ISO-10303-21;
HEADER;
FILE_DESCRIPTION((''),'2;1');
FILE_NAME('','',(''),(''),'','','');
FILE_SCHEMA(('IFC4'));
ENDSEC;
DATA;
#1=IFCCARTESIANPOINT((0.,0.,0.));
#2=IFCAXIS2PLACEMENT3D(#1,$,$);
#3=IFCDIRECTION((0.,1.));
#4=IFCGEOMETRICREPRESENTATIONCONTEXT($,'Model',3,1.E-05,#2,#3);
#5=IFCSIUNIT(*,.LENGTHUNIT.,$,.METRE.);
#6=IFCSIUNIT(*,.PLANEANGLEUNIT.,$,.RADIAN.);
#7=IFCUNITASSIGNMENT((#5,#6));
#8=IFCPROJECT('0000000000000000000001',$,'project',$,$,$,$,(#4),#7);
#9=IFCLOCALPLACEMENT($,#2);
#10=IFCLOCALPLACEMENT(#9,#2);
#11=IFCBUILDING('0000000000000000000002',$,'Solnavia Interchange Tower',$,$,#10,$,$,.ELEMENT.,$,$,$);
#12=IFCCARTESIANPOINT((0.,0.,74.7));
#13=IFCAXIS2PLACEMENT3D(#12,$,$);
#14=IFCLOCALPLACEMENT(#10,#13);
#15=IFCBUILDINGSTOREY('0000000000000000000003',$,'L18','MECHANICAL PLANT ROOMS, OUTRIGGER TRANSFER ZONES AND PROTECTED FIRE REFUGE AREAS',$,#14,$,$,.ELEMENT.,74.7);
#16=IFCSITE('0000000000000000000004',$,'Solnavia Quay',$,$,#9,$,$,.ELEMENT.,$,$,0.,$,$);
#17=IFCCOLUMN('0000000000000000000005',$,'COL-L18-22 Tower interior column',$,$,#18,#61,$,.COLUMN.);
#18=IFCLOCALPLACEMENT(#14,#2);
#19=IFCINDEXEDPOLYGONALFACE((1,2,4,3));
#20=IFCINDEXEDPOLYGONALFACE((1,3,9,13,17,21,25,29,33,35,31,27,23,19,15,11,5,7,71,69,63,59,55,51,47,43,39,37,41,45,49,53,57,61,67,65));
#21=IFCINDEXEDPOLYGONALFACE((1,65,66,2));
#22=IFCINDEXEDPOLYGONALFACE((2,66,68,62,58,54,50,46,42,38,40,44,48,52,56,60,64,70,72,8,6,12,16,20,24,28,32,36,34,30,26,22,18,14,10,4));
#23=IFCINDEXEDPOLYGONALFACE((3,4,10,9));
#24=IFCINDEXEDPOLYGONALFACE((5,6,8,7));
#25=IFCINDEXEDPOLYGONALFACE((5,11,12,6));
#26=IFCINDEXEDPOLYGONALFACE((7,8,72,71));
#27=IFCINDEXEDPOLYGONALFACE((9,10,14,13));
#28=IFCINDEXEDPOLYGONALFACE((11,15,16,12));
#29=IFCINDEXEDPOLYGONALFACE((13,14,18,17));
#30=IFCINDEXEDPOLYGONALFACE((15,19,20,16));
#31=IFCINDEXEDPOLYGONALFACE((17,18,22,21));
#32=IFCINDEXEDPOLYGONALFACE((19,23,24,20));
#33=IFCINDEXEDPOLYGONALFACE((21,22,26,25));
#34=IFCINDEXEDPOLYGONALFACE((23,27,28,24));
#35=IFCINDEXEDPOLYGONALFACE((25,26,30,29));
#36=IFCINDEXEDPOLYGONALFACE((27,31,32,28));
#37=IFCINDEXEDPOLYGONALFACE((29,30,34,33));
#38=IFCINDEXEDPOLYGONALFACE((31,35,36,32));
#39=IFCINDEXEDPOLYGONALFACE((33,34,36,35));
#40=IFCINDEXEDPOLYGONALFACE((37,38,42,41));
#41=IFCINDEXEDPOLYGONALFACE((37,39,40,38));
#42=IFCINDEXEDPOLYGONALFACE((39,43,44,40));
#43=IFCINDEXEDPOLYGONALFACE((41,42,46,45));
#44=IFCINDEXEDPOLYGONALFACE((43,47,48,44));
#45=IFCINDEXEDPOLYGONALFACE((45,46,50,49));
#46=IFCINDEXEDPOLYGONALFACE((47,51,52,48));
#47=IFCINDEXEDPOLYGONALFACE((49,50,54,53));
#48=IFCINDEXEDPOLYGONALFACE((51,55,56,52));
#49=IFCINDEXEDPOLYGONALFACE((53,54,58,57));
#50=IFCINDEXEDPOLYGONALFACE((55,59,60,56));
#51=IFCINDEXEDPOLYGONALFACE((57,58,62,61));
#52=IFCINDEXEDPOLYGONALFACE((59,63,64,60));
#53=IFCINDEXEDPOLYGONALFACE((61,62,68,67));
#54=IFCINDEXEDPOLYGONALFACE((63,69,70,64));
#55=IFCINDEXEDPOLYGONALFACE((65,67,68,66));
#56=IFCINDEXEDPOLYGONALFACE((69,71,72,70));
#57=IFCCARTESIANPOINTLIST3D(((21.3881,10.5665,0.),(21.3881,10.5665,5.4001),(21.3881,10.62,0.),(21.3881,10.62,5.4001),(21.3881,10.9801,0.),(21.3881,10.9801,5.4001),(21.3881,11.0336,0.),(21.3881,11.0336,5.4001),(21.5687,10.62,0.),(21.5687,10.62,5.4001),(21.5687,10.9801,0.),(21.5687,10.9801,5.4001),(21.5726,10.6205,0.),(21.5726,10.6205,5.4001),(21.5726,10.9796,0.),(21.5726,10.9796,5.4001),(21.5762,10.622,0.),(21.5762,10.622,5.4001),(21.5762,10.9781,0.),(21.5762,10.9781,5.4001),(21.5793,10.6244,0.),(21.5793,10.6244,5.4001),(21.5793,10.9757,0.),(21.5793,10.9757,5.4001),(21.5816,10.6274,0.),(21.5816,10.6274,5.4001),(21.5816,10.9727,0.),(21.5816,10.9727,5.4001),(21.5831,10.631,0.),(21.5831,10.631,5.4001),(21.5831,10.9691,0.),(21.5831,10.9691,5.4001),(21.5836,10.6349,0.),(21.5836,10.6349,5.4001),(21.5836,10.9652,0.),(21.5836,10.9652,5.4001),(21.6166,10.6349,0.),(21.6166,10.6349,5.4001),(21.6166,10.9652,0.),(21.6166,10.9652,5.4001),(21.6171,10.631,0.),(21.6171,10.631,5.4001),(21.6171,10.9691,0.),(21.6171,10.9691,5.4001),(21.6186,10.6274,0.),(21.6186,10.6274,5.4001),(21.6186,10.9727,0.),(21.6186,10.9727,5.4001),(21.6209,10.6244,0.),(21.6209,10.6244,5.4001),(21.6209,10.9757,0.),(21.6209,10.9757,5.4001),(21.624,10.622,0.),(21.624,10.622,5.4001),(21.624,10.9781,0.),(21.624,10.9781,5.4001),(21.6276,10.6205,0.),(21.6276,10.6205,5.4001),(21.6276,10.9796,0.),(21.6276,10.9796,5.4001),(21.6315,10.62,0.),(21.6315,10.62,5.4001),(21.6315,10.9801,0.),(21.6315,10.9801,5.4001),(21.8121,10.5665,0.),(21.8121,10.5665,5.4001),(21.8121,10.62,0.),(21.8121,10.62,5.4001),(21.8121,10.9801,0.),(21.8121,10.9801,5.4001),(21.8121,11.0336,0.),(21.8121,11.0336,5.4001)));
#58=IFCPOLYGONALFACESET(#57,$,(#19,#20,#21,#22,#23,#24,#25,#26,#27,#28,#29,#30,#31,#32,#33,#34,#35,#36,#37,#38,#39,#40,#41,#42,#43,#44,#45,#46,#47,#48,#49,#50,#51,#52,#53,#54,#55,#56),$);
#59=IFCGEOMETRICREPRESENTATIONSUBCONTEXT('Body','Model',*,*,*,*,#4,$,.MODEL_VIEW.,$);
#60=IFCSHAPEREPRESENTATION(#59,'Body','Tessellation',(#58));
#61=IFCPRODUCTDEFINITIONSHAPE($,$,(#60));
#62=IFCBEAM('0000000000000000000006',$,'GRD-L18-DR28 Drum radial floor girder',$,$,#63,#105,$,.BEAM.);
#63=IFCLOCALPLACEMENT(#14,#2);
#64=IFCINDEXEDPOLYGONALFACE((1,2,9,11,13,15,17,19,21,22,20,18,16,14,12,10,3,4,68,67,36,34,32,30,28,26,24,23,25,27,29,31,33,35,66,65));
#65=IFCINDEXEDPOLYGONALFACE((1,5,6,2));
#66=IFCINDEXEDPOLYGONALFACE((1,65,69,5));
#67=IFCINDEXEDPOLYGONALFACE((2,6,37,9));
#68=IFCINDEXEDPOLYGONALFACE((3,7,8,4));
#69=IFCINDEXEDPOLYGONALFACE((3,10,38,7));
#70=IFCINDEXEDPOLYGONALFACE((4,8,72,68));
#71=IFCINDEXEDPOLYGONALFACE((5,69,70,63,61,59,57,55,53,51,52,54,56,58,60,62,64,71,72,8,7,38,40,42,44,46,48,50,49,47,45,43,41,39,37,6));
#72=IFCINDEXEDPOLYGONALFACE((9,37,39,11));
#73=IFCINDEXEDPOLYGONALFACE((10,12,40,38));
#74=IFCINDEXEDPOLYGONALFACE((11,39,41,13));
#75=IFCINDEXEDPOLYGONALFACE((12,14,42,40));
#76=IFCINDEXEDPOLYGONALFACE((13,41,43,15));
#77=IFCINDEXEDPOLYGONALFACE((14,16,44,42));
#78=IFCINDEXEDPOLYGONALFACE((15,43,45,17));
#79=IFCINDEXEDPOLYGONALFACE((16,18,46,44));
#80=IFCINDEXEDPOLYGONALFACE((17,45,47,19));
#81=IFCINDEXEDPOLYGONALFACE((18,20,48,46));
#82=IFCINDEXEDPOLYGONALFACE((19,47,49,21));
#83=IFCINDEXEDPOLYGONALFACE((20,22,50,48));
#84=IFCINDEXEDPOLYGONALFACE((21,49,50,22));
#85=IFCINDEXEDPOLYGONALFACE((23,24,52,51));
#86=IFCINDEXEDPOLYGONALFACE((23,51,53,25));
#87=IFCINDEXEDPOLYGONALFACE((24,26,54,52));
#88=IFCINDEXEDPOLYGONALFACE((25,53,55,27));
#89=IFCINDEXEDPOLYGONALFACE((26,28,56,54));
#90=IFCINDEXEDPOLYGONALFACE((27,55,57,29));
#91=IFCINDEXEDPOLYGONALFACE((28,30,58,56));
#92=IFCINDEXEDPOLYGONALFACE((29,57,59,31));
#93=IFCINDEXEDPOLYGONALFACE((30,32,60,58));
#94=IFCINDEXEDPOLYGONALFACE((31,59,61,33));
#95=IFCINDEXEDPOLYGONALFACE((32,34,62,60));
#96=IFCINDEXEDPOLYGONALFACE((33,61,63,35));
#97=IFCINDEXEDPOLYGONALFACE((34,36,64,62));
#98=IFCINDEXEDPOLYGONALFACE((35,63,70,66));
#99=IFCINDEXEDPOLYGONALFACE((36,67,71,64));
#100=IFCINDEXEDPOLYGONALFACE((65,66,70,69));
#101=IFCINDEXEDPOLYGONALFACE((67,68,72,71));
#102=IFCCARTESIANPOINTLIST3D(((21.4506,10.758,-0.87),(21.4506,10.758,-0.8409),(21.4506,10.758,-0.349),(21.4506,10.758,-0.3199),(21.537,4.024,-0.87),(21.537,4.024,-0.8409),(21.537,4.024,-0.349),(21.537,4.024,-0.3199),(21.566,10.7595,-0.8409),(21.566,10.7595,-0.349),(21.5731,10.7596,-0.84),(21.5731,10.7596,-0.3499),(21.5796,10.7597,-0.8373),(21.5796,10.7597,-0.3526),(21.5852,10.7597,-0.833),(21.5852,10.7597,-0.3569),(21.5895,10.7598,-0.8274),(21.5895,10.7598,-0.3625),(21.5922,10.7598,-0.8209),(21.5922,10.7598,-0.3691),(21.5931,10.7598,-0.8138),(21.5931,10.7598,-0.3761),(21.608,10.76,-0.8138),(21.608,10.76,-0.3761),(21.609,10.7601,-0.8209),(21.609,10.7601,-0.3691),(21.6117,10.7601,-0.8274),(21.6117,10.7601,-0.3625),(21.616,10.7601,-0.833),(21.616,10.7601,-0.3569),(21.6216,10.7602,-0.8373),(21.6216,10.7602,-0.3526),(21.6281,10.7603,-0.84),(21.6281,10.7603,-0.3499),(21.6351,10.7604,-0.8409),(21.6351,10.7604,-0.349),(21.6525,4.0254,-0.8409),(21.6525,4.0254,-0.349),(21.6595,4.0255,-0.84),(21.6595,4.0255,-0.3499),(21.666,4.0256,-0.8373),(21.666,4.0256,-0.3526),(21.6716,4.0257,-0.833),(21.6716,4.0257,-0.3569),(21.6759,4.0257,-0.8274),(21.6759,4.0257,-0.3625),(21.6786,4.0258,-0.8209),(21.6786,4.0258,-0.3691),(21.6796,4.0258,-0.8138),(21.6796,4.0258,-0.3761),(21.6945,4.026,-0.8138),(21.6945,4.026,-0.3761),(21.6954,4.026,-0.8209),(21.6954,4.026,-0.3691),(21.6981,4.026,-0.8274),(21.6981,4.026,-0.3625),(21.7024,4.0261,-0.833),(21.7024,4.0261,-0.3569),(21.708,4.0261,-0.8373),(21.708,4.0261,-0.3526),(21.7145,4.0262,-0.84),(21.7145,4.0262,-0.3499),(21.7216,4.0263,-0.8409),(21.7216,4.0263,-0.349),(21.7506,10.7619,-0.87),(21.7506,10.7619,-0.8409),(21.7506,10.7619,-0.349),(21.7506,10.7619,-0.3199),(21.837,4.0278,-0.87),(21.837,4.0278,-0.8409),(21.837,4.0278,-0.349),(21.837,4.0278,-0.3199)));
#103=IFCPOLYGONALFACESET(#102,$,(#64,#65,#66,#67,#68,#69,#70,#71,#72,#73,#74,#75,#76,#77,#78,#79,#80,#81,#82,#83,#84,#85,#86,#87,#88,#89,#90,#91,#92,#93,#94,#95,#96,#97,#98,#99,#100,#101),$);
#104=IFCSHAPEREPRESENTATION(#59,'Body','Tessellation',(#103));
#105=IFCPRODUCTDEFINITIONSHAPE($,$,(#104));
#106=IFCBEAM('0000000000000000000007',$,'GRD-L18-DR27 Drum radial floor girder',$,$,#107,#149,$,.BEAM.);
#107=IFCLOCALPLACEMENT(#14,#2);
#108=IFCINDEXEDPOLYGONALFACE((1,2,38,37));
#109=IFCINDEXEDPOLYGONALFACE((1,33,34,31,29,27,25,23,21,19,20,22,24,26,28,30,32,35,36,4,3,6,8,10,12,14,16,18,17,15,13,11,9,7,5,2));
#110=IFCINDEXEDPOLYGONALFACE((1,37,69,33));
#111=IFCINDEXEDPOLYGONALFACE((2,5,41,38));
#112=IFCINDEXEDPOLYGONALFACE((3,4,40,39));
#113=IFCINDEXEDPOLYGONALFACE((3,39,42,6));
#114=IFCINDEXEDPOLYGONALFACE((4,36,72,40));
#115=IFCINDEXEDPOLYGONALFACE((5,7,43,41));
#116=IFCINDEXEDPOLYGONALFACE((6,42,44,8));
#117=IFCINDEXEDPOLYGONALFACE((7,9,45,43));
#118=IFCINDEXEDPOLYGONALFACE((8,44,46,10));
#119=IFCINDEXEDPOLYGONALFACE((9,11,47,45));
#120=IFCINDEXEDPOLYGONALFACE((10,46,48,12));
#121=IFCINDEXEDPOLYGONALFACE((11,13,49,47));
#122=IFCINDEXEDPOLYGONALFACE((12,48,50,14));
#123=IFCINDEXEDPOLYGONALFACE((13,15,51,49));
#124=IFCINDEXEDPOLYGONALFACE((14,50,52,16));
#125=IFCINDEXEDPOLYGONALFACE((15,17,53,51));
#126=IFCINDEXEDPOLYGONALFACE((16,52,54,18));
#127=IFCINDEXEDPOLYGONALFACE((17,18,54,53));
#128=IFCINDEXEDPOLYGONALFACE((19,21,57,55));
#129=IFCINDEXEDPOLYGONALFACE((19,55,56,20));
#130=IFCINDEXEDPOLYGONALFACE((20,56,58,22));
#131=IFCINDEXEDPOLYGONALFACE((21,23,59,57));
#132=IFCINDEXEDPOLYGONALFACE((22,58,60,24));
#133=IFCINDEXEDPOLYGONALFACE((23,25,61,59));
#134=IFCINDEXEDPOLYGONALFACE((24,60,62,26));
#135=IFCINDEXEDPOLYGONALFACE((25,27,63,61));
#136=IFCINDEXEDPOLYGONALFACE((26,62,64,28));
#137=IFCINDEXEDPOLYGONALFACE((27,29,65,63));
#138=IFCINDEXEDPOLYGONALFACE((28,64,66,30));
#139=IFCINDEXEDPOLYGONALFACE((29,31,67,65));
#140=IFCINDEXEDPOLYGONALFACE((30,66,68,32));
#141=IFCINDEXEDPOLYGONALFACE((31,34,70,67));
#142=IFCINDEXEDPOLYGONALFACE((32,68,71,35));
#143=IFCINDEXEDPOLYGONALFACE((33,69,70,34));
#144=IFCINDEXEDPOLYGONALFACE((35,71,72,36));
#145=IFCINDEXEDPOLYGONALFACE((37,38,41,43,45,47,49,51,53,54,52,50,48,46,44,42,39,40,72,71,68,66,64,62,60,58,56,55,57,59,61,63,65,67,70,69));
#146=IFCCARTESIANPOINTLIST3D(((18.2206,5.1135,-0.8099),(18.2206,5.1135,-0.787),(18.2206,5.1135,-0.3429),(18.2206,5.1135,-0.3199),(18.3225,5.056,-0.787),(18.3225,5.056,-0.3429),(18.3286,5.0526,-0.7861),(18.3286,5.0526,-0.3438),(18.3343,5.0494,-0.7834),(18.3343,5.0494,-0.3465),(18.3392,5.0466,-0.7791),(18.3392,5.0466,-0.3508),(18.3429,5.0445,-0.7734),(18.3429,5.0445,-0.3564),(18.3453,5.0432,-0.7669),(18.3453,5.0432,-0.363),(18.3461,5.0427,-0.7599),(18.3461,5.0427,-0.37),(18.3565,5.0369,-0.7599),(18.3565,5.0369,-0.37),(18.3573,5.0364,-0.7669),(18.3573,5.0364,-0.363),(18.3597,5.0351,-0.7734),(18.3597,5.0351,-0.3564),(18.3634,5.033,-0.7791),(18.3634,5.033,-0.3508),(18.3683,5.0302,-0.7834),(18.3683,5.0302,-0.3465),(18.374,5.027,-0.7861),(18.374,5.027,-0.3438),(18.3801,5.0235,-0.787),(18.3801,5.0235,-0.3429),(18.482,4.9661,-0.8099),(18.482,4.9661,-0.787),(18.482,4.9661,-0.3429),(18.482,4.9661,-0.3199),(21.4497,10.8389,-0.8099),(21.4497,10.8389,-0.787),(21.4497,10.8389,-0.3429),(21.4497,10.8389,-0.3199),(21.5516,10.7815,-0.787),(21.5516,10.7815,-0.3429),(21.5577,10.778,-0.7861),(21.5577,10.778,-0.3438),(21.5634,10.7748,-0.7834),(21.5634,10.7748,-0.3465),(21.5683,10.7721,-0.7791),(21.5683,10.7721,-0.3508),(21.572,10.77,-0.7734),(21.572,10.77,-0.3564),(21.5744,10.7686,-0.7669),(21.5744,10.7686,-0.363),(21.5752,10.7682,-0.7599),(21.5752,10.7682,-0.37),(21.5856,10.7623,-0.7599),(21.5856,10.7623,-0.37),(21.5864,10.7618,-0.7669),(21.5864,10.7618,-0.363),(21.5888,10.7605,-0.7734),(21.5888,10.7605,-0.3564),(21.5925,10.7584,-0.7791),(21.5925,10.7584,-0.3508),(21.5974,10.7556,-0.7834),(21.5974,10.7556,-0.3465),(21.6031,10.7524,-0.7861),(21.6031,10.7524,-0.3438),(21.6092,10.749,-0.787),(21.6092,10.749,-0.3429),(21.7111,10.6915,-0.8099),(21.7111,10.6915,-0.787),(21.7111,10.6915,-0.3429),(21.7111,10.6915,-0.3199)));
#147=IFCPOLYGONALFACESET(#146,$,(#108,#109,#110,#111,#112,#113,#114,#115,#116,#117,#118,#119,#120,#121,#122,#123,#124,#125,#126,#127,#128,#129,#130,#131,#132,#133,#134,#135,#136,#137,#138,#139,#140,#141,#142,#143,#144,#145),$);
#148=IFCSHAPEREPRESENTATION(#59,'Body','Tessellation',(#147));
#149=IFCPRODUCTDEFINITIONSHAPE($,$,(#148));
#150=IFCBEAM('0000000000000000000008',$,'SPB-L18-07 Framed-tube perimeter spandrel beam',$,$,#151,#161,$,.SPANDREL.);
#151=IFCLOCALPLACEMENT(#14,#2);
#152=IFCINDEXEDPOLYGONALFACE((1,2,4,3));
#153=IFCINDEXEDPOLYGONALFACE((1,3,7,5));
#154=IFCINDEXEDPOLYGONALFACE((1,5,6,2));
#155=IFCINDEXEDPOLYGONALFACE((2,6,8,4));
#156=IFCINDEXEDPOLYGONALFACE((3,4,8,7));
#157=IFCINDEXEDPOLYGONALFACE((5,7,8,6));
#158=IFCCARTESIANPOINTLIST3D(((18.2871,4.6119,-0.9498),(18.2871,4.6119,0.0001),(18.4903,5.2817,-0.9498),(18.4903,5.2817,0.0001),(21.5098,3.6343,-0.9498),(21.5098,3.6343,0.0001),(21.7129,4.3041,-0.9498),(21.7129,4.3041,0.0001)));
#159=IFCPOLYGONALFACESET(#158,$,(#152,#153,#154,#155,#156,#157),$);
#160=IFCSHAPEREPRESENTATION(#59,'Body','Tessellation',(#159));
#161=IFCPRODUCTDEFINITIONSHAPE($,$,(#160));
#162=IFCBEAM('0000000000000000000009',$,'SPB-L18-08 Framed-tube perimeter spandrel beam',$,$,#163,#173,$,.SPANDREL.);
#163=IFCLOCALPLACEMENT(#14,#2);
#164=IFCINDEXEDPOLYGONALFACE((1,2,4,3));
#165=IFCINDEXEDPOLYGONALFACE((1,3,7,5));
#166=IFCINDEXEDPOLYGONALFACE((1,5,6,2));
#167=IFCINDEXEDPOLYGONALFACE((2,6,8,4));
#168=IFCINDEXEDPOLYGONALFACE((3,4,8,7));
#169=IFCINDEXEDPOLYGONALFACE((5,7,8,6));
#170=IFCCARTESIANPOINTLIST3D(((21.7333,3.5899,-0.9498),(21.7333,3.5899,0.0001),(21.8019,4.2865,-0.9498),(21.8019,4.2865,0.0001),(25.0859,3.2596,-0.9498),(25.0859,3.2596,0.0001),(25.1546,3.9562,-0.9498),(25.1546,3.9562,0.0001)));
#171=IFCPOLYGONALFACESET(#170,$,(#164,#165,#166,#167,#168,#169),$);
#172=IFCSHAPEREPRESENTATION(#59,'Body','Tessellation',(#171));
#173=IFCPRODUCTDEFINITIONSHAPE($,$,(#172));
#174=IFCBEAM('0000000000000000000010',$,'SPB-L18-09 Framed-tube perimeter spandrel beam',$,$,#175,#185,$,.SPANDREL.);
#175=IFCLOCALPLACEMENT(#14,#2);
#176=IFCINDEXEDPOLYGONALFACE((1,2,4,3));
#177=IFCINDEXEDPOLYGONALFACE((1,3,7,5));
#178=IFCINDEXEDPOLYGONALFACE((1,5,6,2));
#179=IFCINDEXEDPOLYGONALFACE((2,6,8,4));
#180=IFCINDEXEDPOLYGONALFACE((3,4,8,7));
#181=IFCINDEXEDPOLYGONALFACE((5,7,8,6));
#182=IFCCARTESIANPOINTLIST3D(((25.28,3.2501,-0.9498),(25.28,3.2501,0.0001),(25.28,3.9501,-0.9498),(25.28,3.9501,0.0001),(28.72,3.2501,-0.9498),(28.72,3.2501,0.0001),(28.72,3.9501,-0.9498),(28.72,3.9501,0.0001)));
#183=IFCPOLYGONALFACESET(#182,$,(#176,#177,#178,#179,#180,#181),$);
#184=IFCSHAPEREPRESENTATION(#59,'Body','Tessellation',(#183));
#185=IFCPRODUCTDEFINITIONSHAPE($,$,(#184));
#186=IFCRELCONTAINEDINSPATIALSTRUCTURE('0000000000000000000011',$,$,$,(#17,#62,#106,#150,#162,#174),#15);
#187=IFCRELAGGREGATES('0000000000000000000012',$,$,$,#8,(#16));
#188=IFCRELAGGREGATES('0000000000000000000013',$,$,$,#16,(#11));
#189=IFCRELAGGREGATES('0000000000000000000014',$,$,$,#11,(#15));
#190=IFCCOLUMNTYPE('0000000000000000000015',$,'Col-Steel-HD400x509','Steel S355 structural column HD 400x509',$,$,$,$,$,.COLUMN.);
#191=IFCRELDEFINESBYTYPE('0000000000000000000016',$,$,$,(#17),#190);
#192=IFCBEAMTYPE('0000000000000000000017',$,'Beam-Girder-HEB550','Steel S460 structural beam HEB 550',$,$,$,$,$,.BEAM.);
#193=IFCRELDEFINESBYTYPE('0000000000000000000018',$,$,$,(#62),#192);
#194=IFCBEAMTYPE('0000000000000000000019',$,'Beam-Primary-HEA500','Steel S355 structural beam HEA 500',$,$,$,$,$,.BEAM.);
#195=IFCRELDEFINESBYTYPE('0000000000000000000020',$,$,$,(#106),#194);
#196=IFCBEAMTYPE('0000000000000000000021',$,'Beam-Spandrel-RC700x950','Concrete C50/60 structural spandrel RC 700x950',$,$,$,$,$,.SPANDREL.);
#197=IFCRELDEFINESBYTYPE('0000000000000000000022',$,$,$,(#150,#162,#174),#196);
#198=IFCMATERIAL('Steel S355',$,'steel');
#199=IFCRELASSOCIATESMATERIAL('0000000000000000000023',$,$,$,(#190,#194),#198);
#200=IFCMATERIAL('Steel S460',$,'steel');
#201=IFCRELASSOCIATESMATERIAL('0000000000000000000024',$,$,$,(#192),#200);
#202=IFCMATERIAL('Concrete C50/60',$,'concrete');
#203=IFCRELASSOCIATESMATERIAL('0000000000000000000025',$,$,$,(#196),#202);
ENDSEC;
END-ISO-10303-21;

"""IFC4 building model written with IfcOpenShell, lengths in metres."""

from ifc_helpers import new_model, si_unit, direction, frame, origin, origin_2d, place, context, subcontext, project, spatial, rectangle, i_section, extrude, material, material_profile, profile_set, type_object, element, save


model = new_model("IFC4")

# Units and contexts
model_context = context("Model", 3, precision=1e-05, world=origin(), true_north=direction((0.0, 1.0)))
body_context = subcontext(model_context, "Body", "Model", "MODEL_VIEW")
ifc_project = project(units=[si_unit("LENGTHUNIT", "METRE"), si_unit("PLANEANGLEUNIT", "RADIAN")], contexts=[model_context])

# Site, building, storey
site_placement = place(None, origin())
site = spatial("IfcSite", under=ifc_project, at=site_placement, Name="Solnavia Quay", CompositionType="ELEMENT", RefElevation=0.0)
building_placement = place(site_placement, origin())
building = spatial("IfcBuilding", under=site, at=building_placement, Name="Solnavia Interchange Tower", CompositionType="ELEMENT")
storey_placement = place(building_placement, frame((0.0, 0.0, 74.7)))
storey = spatial("IfcBuildingStorey", under=building, at=storey_placement, Name="L18", Description="MECHANICAL PLANT ROOMS, OUTRIGGER TRANSFER ZONES AND PROTECTED FIRE REFUGE AREAS", CompositionType="ELEMENT", Elevation=74.7)

# Column
ifc_material_1 = material(Name="Steel S355", Category="steel")
ifc_material_profile_1 = material_profile(ifc_material_1, i_section(OverallWidth=0.4241, OverallDepth=0.467, WebThickness=0.033, FlangeThickness=0.0535, FilletRadius=0.0149, at=origin_2d()), Name="HD 400x509")
ifc_profile_set_1 = profile_set([ifc_material_profile_1], Name="Steel S355")
column_type_1 = type_object("IfcColumnType", Name="Col-Steel-HD400x509", Description="Steel S355 structural column HD 400x509", PredefinedType="COLUMN", material=ifc_profile_set_1)
column_1_placement = place(storey_placement, frame((21.6001, 10.8, 0.0), z_axis=(0.0, 0.0, 1.0), x_axis=(1.0, 0.0, 0.0)))
element("IfcColumn", 1, at=column_1_placement, inside=storey, type_object=column_type_1, Name="COL-L18-22 Tower interior column", PredefinedType="COLUMN", context=body_context, shape_type="SweptSolid", body=[
    extrude(i_section(OverallWidth=0.4241, OverallDepth=0.467, WebThickness=0.033, FlangeThickness=0.0535, FilletRadius=0.0149, at=origin_2d()), origin(), (0.0, 0.0, 1.0), 5.4001),
])

# Beams
ifc_material_2 = material(Name="Steel S460", Category="steel")
ifc_material_profile_2 = material_profile(ifc_material_2, i_section(OverallWidth=0.3, OverallDepth=0.55, WebThickness=0.0149, FlangeThickness=0.0291, FilletRadius=0.0271, at=origin_2d()), Name="HEB 550")
ifc_profile_set_2 = profile_set([ifc_material_profile_2], Name="Steel S460")
beam_type_1 = type_object("IfcBeamType", Name="Beam-Girder-HEB550", Description="Steel S460 structural beam HEB 550", PredefinedType="BEAM", material=ifc_profile_set_2)
beam_1_placement = place(storey_placement, frame((21.687, 4.0259, -0.595), z_axis=(-0.012833, 0.999918, 0.0), x_axis=(-0.999918, -0.012833, 0.0)))
element("IfcBeam", 2, at=beam_1_placement, inside=storey, type_object=beam_type_1, Name="GRD-L18-DR28 Drum radial floor girder", PredefinedType="BEAM", context=body_context, shape_type="SweptSolid", body=[
    extrude(i_section(OverallWidth=0.3, OverallDepth=0.55, WebThickness=0.0149, FlangeThickness=0.0291, FilletRadius=0.0271, at=origin_2d()), origin(), (0.0, 0.0, 1.0), 6.7346),
])
ifc_material_profile_3 = material_profile(ifc_material_1, i_section(OverallWidth=0.3, OverallDepth=0.49, WebThickness=0.012, FlangeThickness=0.0229, FilletRadius=0.0271, at=origin_2d()), Name="HEA 500")
ifc_profile_set_3 = profile_set([ifc_material_profile_3], Name="Steel S355")
beam_type_2 = type_object("IfcBeamType", Name="Beam-Primary-HEA500", Description="Steel S355 structural beam HEA 500", PredefinedType="BEAM", material=ifc_profile_set_3)
beam_2_placement = place(storey_placement, frame((18.3513, 5.0398, -0.5649), z_axis=(0.491243, 0.871022, 0.0), x_axis=(-0.871022, 0.491243, 0.0)))
element("IfcBeam", 3, at=beam_2_placement, inside=storey, type_object=beam_type_2, Name="GRD-L18-DR27 Drum radial floor girder", PredefinedType="BEAM", context=body_context, shape_type="SweptSolid", body=[
    extrude(i_section(OverallWidth=0.3, OverallDepth=0.49, WebThickness=0.012, FlangeThickness=0.0229, FilletRadius=0.0271, at=origin_2d()), origin(), (0.0, 0.0, 1.0), 6.5732),
])
ifc_material_3 = material(Name="Concrete C50/60", Category="concrete")
ifc_material_profile_4 = material_profile(ifc_material_3, rectangle(XDim=0.7, YDim=0.95, at=origin_2d()), Name="RC 700x950")
ifc_profile_set_4 = profile_set([ifc_material_profile_4], Name="Concrete C50/60")
beam_type_3 = type_object("IfcBeamType", Name="Beam-Spandrel-RC700x950", Description="Concrete C50/60 structural spandrel RC 700x950", PredefinedType="SPANDREL", material=ifc_profile_set_4)
beam_3_placement = place(storey_placement, frame((18.3887, 4.9468, -0.4749), z_axis=(0.956944, -0.290273, 0.0), x_axis=(0.290273, 0.956944, 0.0)))
element("IfcBeam", 4, at=beam_3_placement, inside=storey, type_object=beam_type_3, Name="SPB-L18-07 Framed-tube perimeter spandrel beam", PredefinedType="SPANDREL", context=body_context, shape_type="SweptSolid", body=[
    extrude(rectangle(XDim=0.7, YDim=0.95, at=origin_2d()), origin(), (0.0, 0.0, 1.0), 3.3677),
])
beam_4_placement = place(storey_placement, frame((21.7676, 3.9382, -0.4749), z_axis=(0.995182, -0.098047, 0.0), x_axis=(0.098047, 0.995182, 0.0)))
element("IfcBeam", 5, at=beam_4_placement, inside=storey, type_object=beam_type_3, Name="SPB-L18-08 Framed-tube perimeter spandrel beam", PredefinedType="SPANDREL", context=body_context, shape_type="SweptSolid", body=[
    extrude(rectangle(XDim=0.7, YDim=0.95, at=origin_2d()), origin(), (0.0, 0.0, 1.0), 3.3689),
])
beam_5_placement = place(storey_placement, frame((25.28, 3.6001, -0.4749), z_axis=(1.0, 0.0, 0.0), x_axis=(0.0, 1.0, 0.0)))
element("IfcBeam", 6, at=beam_5_placement, inside=storey, type_object=beam_type_3, Name="SPB-L18-09 Framed-tube perimeter spandrel beam", PredefinedType="SPANDREL", context=body_context, shape_type="SweptSolid", body=[
    extrude(rectangle(XDim=0.7, YDim=0.95, at=origin_2d()), origin(), (0.0, 0.0, 1.0), 3.4399),
])

save(model, "model.ifc")
